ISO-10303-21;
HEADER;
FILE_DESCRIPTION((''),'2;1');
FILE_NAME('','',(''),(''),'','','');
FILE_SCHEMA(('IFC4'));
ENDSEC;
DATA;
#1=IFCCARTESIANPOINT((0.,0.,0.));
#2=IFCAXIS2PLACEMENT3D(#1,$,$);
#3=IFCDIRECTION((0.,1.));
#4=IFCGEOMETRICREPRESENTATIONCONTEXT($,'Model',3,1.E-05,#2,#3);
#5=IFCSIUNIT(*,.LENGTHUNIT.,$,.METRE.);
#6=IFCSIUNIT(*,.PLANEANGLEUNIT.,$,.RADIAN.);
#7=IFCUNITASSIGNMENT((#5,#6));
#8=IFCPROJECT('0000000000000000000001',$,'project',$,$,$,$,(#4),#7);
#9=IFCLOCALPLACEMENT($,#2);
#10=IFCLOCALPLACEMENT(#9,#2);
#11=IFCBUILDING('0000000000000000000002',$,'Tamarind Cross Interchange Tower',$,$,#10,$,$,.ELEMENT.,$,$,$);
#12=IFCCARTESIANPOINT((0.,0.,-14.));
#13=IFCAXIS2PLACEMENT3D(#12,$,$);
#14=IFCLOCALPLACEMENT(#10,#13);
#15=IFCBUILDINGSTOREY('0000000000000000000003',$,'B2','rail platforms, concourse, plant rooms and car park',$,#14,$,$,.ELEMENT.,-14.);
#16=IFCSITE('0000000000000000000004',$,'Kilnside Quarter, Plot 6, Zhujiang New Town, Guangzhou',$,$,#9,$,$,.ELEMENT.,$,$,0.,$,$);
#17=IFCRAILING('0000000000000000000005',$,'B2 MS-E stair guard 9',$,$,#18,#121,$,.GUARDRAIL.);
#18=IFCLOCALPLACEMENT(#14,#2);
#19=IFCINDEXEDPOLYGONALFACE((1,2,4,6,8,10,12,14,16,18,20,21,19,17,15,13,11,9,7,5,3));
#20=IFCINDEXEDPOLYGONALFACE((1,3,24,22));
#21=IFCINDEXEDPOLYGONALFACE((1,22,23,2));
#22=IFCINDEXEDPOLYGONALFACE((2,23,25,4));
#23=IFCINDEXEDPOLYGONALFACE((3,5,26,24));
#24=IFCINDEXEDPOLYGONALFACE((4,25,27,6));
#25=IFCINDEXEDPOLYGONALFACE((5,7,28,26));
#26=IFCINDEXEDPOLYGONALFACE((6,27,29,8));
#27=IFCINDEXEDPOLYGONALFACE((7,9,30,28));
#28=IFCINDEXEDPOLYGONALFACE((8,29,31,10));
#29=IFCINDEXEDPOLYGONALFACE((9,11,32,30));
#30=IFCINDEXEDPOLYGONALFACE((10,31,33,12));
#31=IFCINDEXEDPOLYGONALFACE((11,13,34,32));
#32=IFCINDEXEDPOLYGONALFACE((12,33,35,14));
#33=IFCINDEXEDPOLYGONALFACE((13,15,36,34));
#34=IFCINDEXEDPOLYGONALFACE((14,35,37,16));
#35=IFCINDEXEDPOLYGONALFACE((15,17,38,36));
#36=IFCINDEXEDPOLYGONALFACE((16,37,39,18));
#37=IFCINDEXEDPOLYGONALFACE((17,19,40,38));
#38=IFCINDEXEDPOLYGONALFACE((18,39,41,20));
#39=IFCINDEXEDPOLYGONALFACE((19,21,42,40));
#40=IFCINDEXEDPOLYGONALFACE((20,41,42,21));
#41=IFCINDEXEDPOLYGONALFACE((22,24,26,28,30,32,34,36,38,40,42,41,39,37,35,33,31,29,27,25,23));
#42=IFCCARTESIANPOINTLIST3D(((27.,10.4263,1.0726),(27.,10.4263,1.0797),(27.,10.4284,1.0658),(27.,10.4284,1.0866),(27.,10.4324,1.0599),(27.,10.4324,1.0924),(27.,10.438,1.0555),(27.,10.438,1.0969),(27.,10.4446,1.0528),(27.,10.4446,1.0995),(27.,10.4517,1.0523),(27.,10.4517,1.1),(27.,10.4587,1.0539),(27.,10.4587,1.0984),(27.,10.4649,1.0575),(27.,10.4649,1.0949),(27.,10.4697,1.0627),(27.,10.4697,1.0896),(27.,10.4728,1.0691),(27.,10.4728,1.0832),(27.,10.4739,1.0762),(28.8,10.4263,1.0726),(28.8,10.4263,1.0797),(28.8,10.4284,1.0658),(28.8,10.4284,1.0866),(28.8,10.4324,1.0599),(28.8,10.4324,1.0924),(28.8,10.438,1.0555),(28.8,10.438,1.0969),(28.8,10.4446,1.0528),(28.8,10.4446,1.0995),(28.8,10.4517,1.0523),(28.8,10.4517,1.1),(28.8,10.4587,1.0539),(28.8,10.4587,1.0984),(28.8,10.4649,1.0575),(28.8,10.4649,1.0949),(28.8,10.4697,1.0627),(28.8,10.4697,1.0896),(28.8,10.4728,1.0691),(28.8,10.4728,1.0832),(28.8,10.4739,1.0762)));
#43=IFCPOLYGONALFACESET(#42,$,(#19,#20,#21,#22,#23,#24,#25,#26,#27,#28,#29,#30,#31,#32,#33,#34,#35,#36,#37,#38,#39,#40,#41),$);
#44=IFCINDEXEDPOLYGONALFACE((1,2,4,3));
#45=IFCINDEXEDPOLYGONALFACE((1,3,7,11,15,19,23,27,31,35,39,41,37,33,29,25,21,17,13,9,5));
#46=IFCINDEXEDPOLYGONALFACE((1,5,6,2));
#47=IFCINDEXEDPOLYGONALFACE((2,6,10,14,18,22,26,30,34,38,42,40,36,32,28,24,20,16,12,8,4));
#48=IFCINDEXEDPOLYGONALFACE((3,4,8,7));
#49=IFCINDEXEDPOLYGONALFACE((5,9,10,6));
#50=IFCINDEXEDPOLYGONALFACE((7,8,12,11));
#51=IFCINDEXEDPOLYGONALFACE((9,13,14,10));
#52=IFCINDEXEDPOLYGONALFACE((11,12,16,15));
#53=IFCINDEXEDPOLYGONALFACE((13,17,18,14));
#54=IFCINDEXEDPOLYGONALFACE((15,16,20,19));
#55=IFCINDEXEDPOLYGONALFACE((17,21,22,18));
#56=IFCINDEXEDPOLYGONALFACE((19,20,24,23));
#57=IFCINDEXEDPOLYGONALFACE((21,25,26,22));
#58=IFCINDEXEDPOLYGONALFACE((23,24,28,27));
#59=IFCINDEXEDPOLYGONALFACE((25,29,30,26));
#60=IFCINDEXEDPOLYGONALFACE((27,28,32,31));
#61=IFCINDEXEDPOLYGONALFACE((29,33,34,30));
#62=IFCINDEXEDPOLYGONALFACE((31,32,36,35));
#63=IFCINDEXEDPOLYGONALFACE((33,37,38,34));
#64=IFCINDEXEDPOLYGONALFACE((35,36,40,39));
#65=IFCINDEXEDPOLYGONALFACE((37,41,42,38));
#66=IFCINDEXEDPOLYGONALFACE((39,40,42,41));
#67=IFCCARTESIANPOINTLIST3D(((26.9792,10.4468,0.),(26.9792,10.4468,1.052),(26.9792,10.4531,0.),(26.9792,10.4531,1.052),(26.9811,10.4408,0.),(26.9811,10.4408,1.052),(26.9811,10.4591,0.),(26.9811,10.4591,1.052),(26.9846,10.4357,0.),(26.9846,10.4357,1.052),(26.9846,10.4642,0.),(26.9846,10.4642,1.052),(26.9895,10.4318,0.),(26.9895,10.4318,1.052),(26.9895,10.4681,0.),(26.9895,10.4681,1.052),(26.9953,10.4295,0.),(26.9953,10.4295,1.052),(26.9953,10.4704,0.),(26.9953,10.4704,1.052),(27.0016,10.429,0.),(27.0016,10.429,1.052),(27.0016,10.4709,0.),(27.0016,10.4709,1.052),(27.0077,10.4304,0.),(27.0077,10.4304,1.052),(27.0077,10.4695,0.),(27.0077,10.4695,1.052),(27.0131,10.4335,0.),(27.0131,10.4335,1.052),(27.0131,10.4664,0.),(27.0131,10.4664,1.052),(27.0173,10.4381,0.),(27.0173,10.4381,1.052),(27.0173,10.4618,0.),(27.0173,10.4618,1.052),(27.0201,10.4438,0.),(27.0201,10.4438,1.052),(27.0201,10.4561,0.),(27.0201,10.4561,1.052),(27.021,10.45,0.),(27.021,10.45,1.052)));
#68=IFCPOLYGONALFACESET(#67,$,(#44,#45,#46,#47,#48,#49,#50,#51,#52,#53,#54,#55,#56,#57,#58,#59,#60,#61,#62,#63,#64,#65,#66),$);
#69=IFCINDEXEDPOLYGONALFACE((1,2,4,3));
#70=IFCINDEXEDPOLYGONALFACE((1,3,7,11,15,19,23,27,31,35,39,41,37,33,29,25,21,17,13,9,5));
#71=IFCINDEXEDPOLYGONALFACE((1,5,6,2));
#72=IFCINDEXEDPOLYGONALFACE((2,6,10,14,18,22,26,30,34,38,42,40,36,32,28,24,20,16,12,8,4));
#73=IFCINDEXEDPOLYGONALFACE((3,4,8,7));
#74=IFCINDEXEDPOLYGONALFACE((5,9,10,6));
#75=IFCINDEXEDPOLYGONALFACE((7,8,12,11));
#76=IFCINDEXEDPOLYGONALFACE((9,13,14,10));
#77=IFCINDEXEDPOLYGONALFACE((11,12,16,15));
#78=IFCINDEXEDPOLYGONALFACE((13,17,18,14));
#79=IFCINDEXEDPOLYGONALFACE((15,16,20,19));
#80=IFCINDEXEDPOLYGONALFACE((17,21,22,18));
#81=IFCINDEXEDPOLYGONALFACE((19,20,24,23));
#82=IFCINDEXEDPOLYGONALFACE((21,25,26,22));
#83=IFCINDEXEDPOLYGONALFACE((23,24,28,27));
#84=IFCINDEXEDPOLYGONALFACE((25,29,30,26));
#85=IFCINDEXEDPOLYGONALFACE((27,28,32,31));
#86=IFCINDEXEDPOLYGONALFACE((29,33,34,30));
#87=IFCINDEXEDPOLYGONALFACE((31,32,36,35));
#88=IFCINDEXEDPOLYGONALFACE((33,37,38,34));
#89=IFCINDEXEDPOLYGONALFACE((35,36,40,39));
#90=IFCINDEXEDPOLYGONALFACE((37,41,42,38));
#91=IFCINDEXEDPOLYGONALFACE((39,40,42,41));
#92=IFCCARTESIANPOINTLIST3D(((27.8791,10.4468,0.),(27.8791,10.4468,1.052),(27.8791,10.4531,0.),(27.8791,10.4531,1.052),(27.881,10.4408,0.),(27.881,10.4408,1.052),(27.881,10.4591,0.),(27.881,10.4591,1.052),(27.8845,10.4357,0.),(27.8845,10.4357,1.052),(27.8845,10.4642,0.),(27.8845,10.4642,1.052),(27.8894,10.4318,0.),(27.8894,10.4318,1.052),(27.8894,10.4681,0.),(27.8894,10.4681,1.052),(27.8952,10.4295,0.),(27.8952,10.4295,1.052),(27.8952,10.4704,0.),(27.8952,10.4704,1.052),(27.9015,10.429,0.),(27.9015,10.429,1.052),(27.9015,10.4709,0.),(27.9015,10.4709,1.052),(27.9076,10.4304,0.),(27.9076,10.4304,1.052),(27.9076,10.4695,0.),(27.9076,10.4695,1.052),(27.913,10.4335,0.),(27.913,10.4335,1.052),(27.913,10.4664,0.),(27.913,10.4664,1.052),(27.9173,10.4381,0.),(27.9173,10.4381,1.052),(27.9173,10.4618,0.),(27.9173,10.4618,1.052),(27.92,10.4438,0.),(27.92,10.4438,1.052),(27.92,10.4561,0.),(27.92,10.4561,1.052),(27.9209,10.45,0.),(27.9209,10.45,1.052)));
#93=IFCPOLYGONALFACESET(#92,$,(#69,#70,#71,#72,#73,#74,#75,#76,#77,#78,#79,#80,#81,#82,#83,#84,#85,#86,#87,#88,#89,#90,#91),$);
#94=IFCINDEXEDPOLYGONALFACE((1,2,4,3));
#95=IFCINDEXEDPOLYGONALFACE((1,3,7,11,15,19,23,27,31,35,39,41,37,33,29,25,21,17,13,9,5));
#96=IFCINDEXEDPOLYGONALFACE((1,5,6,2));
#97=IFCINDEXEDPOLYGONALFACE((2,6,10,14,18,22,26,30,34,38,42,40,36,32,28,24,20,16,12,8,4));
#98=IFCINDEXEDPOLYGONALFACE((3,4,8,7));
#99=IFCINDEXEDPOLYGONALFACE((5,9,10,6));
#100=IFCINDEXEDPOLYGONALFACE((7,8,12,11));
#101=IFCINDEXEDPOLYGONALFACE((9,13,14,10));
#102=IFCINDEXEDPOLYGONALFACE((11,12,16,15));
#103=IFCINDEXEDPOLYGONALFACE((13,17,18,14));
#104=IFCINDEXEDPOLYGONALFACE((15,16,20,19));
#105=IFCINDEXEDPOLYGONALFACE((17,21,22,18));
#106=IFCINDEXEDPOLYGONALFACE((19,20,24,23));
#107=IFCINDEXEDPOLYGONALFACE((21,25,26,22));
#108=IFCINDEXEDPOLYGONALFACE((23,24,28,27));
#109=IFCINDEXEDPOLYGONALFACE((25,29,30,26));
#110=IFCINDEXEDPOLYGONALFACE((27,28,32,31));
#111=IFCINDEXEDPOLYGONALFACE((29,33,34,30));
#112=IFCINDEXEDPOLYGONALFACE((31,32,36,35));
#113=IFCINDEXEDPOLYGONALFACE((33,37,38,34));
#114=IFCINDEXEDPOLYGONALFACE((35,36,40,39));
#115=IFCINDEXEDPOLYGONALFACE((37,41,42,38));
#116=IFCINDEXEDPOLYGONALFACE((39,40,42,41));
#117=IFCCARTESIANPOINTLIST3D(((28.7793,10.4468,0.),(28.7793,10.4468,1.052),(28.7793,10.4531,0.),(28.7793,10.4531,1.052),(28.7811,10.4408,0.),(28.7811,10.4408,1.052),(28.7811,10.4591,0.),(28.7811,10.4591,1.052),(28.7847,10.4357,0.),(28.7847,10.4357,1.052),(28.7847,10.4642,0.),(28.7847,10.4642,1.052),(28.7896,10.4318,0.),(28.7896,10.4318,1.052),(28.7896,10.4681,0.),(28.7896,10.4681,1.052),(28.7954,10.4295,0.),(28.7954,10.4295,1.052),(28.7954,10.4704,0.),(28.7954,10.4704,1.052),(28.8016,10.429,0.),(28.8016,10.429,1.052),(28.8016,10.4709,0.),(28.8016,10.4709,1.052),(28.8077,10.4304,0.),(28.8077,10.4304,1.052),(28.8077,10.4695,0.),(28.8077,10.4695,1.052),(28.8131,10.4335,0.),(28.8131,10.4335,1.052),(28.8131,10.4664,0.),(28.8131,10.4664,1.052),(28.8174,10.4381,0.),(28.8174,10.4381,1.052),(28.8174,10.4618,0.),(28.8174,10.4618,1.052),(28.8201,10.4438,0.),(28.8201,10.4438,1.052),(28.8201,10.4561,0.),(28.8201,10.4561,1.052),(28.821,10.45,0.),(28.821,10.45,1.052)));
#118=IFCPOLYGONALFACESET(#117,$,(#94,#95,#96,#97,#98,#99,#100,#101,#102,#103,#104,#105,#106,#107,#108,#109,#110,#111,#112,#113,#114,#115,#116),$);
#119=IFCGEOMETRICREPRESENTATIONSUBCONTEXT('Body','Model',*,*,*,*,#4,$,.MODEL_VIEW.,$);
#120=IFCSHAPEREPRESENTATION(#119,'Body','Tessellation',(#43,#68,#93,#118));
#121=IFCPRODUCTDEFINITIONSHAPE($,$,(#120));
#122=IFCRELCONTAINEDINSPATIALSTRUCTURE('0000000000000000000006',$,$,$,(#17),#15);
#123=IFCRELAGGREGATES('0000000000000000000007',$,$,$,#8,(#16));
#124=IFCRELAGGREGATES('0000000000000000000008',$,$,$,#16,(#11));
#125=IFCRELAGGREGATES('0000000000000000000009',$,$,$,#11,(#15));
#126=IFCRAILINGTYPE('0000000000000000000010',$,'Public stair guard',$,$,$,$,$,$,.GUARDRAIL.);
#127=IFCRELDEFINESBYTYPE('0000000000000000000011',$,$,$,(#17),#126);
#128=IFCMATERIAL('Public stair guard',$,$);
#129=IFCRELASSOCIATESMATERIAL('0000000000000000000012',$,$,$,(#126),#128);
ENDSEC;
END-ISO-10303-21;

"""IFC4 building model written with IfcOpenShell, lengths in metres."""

from ifc_helpers import new_model, si_unit, direction, frame, origin, origin_2d, place, context, subcontext, project, spatial, circle, extrude, material, type_object, element, save


model = new_model("IFC4")

# Units and contexts
model_context = context("Model", 3, precision=1e-05, world=origin(), true_north=direction((0.0, 1.0)))
body_context = subcontext(model_context, "Body", "Model", "MODEL_VIEW")
ifc_project = project(units=[si_unit("LENGTHUNIT", "METRE"), si_unit("PLANEANGLEUNIT", "RADIAN")], contexts=[model_context])

# Site, building, storey
site_placement = place(None, origin())
site = spatial("IfcSite", under=ifc_project, at=site_placement, Name="Kilnside Quarter, Plot 6, Zhujiang New Town, Guangzhou", CompositionType="ELEMENT", RefElevation=0.0)
building_placement = place(site_placement, origin())
building = spatial("IfcBuilding", under=site, at=building_placement, Name="Tamarind Cross Interchange Tower", CompositionType="ELEMENT")
storey_placement = place(building_placement, frame((0.0, 0.0, -14.0)))
storey = spatial("IfcBuildingStorey", under=building, at=storey_placement, Name="B2", Description="rail platforms, concourse, plant rooms and car park", CompositionType="ELEMENT", Elevation=-14.0)

# Railing
ifc_material_1 = material(Name="Public stair guard")
railing_type_1 = type_object("IfcRailingType", Name="Public stair guard", PredefinedType="GUARDRAIL", material=ifc_material_1)
for number, where, name in (
    (1, (27.0, 10.45, 0.0), "B2 MS-E stair guard 9"),
):
    element("IfcRailing", number, at=place(storey_placement, frame(where)), inside=storey, type_object=railing_type_1, Name=name, PredefinedType="GUARDRAIL", context=body_context, shape_type="SweptSolid", body=[
        extrude(circle(Radius=0.0239, at=origin_2d()), frame((0.0, 0.0, 1.0762), z_axis=(1.0, 0.0, 0.0), x_axis=(0.0, 1.0, 0.0)), (0.0, 0.0, 1.0), 1.8),
        extrude(circle(Radius=0.021, at=origin_2d()), origin(), (0.0, 0.0, 1.0), 1.052),
        extrude(circle(Radius=0.021, at=origin_2d()), frame((0.8999, 0.0, 0.0)), (0.0, 0.0, 1.0), 1.052),
        extrude(circle(Radius=0.021, at=origin_2d()), frame((1.8, 0.0, 0.0)), (0.0, 0.0, 1.0), 1.052),
    ])

save(model, "model.ifc")
